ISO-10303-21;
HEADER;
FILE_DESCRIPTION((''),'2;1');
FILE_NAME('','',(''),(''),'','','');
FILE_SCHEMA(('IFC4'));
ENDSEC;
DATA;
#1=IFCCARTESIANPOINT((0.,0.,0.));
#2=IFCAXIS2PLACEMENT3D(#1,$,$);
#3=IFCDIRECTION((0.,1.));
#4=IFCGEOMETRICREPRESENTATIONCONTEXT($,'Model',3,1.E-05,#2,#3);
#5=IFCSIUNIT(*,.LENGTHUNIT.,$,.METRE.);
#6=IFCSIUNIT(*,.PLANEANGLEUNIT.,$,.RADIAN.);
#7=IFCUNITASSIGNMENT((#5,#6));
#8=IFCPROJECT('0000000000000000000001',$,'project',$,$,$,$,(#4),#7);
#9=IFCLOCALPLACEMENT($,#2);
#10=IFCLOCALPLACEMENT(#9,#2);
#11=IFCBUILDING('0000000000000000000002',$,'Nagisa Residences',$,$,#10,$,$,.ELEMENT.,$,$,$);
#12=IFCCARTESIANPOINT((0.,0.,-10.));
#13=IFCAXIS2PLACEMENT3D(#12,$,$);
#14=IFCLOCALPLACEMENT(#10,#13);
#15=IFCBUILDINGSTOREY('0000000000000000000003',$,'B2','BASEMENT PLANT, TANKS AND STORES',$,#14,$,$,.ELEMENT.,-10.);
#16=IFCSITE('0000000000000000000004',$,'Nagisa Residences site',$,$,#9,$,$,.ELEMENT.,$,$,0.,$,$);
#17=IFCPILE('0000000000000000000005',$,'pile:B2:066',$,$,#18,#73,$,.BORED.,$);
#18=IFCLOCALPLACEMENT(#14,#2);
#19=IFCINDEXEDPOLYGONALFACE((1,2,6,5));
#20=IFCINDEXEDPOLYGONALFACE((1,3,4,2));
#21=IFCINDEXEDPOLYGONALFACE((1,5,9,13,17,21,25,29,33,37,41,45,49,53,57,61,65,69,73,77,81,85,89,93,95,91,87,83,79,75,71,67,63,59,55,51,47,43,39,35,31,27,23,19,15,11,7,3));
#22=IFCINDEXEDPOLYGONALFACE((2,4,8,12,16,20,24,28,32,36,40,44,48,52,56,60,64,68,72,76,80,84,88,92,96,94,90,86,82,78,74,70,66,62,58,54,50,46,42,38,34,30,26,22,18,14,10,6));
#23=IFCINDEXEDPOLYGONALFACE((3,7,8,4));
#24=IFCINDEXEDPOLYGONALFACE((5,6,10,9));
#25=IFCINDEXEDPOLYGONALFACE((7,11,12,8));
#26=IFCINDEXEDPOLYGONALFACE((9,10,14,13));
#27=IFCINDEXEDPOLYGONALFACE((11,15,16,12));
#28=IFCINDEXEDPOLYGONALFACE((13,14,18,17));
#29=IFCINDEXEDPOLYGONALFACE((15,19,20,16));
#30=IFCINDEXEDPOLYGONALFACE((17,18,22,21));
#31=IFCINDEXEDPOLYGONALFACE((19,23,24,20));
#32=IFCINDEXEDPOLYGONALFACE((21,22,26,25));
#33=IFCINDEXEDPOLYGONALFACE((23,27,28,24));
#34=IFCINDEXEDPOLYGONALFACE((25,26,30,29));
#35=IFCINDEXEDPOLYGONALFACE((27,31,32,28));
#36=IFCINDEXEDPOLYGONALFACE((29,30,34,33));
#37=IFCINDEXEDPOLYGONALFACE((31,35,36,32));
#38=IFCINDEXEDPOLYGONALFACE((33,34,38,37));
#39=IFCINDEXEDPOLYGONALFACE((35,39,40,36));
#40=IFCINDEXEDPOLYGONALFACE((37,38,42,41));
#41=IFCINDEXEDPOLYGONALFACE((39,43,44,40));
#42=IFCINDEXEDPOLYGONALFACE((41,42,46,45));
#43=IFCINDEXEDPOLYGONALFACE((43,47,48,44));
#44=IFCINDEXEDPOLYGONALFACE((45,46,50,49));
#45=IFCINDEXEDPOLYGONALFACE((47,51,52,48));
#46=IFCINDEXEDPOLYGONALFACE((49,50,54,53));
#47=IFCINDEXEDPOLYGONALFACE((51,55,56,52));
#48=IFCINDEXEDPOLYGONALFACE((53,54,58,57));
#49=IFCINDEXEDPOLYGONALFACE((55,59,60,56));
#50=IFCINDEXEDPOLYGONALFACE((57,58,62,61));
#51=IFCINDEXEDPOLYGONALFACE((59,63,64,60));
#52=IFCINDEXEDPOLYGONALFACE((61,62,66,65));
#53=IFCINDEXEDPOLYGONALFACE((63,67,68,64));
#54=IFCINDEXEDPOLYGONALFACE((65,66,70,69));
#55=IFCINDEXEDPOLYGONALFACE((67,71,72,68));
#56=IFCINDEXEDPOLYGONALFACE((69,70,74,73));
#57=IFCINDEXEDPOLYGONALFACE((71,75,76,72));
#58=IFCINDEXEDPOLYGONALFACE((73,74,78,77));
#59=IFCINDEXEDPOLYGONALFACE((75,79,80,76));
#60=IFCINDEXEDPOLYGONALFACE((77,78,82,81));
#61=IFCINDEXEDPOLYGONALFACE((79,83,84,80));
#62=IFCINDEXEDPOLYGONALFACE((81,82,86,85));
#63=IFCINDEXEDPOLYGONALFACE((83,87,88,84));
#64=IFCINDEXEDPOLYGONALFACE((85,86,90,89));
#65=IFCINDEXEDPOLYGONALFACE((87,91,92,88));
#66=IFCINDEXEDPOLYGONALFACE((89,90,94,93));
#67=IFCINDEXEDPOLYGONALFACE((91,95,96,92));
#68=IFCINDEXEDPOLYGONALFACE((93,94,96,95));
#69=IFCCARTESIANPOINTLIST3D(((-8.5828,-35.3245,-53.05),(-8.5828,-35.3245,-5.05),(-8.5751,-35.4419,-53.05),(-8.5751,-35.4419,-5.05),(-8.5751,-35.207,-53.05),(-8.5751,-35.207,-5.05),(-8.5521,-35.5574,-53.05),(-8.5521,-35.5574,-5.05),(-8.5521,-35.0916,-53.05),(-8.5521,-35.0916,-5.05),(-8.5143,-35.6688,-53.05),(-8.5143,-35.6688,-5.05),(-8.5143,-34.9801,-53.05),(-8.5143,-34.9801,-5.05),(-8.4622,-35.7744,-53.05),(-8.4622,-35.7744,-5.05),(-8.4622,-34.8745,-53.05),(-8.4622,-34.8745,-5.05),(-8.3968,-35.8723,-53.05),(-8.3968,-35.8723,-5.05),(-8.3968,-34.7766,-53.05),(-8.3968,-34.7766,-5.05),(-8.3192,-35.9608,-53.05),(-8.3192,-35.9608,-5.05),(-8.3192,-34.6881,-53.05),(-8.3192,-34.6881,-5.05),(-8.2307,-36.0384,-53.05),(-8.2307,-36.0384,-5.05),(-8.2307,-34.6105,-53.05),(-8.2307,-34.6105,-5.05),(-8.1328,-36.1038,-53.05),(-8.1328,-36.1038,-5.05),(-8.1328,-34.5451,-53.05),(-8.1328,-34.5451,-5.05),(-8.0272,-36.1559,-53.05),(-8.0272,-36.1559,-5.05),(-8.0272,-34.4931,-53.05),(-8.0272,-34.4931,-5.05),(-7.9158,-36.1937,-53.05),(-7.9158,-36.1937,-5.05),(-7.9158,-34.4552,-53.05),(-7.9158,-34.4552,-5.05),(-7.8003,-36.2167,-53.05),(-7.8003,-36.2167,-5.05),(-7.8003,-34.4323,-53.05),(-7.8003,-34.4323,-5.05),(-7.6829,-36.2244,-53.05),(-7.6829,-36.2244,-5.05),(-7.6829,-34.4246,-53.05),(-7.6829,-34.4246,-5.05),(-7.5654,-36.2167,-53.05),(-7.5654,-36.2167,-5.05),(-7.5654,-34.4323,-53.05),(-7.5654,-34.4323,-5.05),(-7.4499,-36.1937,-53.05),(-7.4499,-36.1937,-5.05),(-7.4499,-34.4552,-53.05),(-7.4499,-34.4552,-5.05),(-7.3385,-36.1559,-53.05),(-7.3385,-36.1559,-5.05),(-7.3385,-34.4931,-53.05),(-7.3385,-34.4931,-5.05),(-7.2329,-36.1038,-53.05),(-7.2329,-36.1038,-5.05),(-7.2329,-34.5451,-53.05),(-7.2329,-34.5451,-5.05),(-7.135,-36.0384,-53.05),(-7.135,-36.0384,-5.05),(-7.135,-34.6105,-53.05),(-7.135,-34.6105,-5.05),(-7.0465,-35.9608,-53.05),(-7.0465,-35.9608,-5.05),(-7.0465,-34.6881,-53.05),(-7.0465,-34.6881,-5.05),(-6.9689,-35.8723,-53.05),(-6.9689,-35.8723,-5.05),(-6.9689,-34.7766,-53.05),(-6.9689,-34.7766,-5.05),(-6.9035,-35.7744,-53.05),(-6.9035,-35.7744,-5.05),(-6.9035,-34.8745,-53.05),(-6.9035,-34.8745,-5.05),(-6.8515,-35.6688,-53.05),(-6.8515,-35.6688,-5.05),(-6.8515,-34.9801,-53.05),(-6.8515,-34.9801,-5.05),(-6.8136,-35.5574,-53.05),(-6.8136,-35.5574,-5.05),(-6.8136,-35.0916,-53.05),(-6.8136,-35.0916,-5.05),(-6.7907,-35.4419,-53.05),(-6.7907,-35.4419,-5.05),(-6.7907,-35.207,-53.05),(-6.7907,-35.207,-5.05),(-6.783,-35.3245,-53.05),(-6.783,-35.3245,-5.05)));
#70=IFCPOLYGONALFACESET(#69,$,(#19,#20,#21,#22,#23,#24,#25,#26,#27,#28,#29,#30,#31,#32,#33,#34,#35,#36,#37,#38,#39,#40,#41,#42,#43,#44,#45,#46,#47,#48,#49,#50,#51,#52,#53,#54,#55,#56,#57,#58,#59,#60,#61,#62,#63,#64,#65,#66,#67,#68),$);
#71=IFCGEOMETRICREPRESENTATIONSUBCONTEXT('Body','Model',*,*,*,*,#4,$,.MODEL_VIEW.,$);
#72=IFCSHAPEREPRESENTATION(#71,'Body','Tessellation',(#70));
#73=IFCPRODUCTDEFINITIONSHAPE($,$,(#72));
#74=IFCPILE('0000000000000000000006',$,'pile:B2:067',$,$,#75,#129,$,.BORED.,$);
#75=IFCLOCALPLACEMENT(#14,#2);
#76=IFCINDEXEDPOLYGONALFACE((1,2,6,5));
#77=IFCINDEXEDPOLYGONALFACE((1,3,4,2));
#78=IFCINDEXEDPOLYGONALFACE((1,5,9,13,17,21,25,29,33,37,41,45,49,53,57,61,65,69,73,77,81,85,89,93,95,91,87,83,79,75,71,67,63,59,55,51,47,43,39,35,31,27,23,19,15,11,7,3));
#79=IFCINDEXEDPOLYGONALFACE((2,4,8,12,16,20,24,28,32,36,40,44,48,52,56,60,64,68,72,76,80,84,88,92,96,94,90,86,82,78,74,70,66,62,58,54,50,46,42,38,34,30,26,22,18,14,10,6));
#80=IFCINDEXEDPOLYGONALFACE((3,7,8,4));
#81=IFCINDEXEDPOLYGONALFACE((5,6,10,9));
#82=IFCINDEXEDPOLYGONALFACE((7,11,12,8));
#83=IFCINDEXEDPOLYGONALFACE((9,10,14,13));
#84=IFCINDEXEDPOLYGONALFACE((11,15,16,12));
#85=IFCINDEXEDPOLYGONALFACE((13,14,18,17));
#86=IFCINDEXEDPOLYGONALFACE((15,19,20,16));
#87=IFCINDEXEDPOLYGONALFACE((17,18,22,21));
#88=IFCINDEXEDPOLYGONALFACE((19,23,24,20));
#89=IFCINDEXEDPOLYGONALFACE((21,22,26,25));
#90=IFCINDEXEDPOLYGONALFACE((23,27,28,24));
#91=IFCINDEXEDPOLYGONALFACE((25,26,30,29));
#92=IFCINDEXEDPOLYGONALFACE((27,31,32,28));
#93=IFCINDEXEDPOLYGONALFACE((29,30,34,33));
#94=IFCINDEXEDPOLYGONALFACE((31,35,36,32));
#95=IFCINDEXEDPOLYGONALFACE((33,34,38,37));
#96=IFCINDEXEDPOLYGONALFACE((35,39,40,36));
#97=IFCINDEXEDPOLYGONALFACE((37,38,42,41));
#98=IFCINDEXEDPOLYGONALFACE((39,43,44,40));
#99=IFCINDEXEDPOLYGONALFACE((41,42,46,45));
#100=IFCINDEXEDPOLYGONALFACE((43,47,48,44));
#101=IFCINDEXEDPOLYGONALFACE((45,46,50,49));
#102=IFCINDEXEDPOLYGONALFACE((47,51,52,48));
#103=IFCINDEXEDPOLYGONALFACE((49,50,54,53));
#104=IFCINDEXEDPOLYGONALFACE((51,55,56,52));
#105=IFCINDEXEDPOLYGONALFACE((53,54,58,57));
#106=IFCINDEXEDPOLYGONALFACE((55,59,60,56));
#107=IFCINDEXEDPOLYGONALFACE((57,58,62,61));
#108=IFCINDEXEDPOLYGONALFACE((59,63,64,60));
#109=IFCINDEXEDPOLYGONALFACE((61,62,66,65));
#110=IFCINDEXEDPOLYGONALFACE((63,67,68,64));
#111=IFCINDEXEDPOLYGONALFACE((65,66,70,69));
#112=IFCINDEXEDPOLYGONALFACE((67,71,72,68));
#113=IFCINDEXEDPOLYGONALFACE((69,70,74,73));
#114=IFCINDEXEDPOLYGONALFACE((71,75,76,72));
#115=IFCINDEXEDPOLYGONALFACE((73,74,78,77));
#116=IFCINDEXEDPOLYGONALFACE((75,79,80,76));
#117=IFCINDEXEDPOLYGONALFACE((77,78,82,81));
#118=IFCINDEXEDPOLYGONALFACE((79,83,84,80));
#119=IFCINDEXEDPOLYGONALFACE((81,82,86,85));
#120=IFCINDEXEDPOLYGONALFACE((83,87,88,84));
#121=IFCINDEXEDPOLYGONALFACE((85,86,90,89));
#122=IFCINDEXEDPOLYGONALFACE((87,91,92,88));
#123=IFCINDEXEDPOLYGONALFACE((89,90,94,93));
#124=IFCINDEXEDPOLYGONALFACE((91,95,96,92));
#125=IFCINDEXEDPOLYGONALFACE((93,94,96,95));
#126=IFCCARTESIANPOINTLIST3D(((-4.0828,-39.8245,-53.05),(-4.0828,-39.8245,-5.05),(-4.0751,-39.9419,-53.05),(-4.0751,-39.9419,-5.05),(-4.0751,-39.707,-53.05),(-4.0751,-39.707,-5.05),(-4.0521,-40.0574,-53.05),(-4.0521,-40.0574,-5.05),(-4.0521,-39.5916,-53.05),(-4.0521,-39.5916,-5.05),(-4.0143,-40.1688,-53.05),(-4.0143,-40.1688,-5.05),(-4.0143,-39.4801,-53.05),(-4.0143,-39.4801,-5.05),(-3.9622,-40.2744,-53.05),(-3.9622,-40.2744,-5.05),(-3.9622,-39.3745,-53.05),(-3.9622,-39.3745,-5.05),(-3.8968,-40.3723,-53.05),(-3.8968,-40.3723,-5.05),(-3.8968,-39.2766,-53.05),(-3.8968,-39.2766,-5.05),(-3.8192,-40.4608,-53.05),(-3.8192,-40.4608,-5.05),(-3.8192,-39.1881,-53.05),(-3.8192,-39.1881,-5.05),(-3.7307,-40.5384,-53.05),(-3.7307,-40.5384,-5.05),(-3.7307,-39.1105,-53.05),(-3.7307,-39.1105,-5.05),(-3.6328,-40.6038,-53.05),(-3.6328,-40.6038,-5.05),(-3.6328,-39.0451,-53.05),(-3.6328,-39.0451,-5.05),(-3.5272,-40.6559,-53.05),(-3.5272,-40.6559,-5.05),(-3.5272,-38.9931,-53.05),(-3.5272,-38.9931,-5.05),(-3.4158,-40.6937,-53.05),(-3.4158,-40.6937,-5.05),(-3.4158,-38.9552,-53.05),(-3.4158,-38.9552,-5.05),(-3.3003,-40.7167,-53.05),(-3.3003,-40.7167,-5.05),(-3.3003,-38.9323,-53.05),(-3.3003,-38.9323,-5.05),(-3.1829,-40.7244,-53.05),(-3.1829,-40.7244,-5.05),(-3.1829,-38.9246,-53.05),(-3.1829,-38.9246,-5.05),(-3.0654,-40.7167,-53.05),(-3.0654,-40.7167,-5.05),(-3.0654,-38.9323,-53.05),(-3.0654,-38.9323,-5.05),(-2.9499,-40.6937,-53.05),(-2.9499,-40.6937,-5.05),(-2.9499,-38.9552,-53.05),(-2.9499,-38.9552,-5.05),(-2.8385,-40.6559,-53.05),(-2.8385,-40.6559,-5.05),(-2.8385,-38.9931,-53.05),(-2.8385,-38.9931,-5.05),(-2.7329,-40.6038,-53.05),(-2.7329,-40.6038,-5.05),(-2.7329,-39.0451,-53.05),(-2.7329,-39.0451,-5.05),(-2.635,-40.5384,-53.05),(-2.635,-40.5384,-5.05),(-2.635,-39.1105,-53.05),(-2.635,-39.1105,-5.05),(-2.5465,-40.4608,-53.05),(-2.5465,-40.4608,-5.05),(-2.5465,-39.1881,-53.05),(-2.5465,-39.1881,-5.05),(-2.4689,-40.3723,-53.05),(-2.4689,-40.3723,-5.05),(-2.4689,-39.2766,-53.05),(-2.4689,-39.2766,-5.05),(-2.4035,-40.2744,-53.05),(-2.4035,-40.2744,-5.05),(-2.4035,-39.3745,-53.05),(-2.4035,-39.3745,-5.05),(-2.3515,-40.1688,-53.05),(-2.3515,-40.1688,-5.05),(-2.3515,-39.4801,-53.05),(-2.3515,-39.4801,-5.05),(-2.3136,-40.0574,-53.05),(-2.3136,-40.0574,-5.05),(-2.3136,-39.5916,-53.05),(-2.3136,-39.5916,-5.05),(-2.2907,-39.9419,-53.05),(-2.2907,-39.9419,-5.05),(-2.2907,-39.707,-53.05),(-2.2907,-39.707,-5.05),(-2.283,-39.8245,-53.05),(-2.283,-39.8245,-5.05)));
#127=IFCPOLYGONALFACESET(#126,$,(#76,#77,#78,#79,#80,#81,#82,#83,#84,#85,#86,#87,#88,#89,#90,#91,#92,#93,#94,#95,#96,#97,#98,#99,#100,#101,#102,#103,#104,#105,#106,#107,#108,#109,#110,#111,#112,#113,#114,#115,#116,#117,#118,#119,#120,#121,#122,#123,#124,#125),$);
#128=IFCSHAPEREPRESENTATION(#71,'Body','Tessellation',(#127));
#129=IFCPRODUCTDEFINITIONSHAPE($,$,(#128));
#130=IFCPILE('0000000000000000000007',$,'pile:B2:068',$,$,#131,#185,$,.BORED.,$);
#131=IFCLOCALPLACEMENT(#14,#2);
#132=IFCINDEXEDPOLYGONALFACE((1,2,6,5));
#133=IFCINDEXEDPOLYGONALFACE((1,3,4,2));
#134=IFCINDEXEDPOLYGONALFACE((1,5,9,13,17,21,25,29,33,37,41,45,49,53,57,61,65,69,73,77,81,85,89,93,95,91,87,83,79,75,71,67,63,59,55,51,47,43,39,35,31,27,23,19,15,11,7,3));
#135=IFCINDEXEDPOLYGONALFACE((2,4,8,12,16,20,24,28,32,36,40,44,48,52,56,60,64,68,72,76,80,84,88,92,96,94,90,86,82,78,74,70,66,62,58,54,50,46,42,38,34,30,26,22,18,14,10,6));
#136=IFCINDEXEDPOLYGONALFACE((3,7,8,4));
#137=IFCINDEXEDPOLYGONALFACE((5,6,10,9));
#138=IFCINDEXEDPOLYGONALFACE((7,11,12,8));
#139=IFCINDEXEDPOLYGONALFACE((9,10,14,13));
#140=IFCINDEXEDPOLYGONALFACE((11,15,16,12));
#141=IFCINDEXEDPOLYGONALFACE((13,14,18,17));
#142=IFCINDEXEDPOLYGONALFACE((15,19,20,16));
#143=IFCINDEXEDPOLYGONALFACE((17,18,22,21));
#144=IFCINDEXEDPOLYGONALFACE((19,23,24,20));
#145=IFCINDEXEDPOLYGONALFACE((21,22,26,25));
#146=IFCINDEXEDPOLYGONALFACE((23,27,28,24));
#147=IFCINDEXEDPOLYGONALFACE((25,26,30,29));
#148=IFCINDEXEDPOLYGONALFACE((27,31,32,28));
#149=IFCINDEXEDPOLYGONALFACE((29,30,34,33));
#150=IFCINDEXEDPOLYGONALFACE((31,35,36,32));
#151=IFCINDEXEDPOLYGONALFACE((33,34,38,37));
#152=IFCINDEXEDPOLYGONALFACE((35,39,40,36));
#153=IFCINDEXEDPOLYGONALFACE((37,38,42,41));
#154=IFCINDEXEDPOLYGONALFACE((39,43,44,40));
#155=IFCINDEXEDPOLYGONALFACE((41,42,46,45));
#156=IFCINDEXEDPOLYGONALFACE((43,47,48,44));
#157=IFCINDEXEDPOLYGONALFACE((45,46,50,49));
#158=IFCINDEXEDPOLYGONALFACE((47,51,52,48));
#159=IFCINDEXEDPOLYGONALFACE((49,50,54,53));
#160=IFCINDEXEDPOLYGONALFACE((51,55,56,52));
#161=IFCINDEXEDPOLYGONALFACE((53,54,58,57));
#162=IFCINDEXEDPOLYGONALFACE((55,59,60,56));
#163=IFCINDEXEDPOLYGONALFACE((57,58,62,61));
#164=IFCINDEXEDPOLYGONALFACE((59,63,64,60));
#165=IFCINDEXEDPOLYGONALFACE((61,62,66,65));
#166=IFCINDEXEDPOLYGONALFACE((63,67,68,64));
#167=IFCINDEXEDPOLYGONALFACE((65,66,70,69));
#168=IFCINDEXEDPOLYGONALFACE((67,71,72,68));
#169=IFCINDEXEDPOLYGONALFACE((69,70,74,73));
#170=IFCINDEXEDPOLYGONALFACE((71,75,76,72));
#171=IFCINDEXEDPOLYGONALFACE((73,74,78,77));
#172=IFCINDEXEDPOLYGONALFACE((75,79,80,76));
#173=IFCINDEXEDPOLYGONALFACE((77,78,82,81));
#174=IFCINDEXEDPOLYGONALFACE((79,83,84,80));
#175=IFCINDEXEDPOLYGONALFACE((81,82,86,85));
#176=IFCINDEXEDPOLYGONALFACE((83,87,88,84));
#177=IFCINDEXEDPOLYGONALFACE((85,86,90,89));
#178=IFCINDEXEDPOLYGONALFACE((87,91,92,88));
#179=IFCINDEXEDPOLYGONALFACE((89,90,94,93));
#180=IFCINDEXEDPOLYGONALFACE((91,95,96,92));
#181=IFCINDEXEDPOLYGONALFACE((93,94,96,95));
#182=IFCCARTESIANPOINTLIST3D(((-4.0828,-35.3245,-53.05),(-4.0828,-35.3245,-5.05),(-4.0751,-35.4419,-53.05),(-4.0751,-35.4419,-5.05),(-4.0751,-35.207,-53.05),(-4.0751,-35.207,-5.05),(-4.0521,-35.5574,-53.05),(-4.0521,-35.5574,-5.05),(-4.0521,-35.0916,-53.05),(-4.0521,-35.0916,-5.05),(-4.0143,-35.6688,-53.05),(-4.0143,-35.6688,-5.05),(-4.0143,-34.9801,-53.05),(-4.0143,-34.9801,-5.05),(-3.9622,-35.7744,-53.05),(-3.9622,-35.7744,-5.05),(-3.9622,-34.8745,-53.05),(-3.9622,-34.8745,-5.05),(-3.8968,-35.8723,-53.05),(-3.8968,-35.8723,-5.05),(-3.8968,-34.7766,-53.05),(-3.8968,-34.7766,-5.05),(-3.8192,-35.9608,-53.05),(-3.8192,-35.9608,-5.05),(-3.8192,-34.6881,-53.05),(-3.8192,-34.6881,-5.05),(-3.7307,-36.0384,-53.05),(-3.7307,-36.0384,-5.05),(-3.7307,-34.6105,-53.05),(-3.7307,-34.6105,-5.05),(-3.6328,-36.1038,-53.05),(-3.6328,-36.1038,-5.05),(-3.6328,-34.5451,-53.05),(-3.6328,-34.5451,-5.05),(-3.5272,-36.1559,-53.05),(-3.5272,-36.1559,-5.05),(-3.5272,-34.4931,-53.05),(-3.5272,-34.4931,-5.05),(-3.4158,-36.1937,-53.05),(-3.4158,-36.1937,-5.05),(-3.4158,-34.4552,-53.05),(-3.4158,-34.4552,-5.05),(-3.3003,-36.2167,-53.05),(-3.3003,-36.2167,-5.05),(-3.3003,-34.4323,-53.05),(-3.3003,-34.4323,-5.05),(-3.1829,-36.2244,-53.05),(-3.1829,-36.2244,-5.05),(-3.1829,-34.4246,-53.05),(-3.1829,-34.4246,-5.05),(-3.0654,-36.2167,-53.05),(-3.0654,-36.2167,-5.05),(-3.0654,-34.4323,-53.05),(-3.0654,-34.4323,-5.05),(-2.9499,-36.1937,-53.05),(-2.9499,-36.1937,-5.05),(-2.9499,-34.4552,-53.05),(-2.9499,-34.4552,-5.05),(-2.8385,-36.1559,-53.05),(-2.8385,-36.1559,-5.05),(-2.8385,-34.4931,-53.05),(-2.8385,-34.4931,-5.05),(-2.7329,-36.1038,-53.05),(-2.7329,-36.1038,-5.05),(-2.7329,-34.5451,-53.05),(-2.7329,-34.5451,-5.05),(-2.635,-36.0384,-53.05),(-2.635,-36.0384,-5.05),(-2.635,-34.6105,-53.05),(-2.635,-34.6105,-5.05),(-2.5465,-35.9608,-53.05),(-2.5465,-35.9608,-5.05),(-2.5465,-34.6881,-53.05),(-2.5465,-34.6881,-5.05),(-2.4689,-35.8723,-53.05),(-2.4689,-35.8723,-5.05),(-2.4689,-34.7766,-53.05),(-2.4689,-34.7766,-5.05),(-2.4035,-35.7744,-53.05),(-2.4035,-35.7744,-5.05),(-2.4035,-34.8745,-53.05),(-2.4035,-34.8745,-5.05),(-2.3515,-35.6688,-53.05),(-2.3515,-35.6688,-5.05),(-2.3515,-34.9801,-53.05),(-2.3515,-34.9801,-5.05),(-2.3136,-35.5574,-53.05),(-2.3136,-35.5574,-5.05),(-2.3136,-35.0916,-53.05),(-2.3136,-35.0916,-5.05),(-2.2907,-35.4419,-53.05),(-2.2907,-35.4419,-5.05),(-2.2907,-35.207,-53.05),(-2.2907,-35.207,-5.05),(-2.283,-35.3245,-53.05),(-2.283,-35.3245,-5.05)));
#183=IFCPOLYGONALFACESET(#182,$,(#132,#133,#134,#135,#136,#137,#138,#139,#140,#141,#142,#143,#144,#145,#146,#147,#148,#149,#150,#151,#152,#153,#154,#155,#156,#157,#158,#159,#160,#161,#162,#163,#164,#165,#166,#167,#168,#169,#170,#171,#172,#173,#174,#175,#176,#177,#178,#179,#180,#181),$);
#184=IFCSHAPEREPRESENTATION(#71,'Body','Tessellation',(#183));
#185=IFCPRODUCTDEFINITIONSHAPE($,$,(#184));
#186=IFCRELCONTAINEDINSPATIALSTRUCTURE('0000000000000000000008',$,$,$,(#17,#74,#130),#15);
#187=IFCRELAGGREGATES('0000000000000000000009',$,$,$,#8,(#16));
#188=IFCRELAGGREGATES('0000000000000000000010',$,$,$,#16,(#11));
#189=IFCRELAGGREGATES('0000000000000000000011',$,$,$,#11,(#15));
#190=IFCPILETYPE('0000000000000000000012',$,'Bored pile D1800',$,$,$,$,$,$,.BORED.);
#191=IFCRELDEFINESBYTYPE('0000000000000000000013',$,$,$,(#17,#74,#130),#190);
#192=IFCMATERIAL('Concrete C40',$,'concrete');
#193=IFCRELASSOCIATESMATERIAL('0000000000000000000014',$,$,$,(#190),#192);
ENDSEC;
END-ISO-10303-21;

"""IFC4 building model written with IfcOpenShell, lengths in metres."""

from ifc_helpers import new_model, si_unit, direction, frame, origin, origin_2d, place, context, subcontext, project, spatial, circle, extrude, material, material_profile, profile_set, type_object, element, save


model = new_model("IFC4")

# Units and contexts
model_context = context("Model", 3, precision=1e-05, world=origin(), true_north=direction((0.0, 1.0)))
body_context = subcontext(model_context, "Body", "Model", "MODEL_VIEW")
ifc_project = project(units=[si_unit("LENGTHUNIT", "METRE"), si_unit("PLANEANGLEUNIT", "RADIAN")], contexts=[model_context])

# Site, building, storey
site_placement = place(None, origin())
site = spatial("IfcSite", under=ifc_project, at=site_placement, Name="Nagisa Residences site", CompositionType="ELEMENT", RefElevation=0.0)
building_placement = place(site_placement, origin())
building = spatial("IfcBuilding", under=site, at=building_placement, Name="Nagisa Residences", CompositionType="ELEMENT")
storey_placement = place(building_placement, frame((0.0, 0.0, -10.0)))
storey = spatial("IfcBuildingStorey", under=building, at=storey_placement, Name="B2", Description="BASEMENT PLANT, TANKS AND STORES", CompositionType="ELEMENT", Elevation=-10.0)

# Piles
ifc_material_1 = material(Name="Concrete C40", Category="concrete")
ifc_material_profile_1 = material_profile(ifc_material_1, circle(Radius=0.8999, at=origin_2d()), Name="Bored pile D1800")
ifc_profile_set_1 = profile_set([ifc_material_profile_1], Name="Concrete C40")
pile_type = type_object("IfcPileType", Name="Bored pile D1800", PredefinedType="BORED", material=ifc_profile_set_1)
for number, where, z_axis, x_axis, name in (
    (1, (-7.6829, -35.3245, -5.05), (0.0, 0.0, -1.0), (1.0, 0.0, 0.0), "pile:B2:066"),
    (2, (-3.1829, -39.8245, -5.05), (0.0, 0.0, -1.0), (1.0, 0.0, 0.0), "pile:B2:067"),
    (3, (-3.1829, -35.3245, -5.05), (0.0, 0.0, -1.0), (1.0, 0.0, 0.0), "pile:B2:068"),
):
    element("IfcPile", number, at=place(storey_placement, frame(where, z_axis=z_axis, x_axis=x_axis)), inside=storey, type_object=pile_type, Name=name, PredefinedType="BORED", context=body_context, shape_type="SweptSolid", body=[
        extrude(circle(Radius=0.8999, at=origin_2d()), origin(), (0.0, 0.0, 1.0), 48.0),
    ])

save(model, "model.ifc")
